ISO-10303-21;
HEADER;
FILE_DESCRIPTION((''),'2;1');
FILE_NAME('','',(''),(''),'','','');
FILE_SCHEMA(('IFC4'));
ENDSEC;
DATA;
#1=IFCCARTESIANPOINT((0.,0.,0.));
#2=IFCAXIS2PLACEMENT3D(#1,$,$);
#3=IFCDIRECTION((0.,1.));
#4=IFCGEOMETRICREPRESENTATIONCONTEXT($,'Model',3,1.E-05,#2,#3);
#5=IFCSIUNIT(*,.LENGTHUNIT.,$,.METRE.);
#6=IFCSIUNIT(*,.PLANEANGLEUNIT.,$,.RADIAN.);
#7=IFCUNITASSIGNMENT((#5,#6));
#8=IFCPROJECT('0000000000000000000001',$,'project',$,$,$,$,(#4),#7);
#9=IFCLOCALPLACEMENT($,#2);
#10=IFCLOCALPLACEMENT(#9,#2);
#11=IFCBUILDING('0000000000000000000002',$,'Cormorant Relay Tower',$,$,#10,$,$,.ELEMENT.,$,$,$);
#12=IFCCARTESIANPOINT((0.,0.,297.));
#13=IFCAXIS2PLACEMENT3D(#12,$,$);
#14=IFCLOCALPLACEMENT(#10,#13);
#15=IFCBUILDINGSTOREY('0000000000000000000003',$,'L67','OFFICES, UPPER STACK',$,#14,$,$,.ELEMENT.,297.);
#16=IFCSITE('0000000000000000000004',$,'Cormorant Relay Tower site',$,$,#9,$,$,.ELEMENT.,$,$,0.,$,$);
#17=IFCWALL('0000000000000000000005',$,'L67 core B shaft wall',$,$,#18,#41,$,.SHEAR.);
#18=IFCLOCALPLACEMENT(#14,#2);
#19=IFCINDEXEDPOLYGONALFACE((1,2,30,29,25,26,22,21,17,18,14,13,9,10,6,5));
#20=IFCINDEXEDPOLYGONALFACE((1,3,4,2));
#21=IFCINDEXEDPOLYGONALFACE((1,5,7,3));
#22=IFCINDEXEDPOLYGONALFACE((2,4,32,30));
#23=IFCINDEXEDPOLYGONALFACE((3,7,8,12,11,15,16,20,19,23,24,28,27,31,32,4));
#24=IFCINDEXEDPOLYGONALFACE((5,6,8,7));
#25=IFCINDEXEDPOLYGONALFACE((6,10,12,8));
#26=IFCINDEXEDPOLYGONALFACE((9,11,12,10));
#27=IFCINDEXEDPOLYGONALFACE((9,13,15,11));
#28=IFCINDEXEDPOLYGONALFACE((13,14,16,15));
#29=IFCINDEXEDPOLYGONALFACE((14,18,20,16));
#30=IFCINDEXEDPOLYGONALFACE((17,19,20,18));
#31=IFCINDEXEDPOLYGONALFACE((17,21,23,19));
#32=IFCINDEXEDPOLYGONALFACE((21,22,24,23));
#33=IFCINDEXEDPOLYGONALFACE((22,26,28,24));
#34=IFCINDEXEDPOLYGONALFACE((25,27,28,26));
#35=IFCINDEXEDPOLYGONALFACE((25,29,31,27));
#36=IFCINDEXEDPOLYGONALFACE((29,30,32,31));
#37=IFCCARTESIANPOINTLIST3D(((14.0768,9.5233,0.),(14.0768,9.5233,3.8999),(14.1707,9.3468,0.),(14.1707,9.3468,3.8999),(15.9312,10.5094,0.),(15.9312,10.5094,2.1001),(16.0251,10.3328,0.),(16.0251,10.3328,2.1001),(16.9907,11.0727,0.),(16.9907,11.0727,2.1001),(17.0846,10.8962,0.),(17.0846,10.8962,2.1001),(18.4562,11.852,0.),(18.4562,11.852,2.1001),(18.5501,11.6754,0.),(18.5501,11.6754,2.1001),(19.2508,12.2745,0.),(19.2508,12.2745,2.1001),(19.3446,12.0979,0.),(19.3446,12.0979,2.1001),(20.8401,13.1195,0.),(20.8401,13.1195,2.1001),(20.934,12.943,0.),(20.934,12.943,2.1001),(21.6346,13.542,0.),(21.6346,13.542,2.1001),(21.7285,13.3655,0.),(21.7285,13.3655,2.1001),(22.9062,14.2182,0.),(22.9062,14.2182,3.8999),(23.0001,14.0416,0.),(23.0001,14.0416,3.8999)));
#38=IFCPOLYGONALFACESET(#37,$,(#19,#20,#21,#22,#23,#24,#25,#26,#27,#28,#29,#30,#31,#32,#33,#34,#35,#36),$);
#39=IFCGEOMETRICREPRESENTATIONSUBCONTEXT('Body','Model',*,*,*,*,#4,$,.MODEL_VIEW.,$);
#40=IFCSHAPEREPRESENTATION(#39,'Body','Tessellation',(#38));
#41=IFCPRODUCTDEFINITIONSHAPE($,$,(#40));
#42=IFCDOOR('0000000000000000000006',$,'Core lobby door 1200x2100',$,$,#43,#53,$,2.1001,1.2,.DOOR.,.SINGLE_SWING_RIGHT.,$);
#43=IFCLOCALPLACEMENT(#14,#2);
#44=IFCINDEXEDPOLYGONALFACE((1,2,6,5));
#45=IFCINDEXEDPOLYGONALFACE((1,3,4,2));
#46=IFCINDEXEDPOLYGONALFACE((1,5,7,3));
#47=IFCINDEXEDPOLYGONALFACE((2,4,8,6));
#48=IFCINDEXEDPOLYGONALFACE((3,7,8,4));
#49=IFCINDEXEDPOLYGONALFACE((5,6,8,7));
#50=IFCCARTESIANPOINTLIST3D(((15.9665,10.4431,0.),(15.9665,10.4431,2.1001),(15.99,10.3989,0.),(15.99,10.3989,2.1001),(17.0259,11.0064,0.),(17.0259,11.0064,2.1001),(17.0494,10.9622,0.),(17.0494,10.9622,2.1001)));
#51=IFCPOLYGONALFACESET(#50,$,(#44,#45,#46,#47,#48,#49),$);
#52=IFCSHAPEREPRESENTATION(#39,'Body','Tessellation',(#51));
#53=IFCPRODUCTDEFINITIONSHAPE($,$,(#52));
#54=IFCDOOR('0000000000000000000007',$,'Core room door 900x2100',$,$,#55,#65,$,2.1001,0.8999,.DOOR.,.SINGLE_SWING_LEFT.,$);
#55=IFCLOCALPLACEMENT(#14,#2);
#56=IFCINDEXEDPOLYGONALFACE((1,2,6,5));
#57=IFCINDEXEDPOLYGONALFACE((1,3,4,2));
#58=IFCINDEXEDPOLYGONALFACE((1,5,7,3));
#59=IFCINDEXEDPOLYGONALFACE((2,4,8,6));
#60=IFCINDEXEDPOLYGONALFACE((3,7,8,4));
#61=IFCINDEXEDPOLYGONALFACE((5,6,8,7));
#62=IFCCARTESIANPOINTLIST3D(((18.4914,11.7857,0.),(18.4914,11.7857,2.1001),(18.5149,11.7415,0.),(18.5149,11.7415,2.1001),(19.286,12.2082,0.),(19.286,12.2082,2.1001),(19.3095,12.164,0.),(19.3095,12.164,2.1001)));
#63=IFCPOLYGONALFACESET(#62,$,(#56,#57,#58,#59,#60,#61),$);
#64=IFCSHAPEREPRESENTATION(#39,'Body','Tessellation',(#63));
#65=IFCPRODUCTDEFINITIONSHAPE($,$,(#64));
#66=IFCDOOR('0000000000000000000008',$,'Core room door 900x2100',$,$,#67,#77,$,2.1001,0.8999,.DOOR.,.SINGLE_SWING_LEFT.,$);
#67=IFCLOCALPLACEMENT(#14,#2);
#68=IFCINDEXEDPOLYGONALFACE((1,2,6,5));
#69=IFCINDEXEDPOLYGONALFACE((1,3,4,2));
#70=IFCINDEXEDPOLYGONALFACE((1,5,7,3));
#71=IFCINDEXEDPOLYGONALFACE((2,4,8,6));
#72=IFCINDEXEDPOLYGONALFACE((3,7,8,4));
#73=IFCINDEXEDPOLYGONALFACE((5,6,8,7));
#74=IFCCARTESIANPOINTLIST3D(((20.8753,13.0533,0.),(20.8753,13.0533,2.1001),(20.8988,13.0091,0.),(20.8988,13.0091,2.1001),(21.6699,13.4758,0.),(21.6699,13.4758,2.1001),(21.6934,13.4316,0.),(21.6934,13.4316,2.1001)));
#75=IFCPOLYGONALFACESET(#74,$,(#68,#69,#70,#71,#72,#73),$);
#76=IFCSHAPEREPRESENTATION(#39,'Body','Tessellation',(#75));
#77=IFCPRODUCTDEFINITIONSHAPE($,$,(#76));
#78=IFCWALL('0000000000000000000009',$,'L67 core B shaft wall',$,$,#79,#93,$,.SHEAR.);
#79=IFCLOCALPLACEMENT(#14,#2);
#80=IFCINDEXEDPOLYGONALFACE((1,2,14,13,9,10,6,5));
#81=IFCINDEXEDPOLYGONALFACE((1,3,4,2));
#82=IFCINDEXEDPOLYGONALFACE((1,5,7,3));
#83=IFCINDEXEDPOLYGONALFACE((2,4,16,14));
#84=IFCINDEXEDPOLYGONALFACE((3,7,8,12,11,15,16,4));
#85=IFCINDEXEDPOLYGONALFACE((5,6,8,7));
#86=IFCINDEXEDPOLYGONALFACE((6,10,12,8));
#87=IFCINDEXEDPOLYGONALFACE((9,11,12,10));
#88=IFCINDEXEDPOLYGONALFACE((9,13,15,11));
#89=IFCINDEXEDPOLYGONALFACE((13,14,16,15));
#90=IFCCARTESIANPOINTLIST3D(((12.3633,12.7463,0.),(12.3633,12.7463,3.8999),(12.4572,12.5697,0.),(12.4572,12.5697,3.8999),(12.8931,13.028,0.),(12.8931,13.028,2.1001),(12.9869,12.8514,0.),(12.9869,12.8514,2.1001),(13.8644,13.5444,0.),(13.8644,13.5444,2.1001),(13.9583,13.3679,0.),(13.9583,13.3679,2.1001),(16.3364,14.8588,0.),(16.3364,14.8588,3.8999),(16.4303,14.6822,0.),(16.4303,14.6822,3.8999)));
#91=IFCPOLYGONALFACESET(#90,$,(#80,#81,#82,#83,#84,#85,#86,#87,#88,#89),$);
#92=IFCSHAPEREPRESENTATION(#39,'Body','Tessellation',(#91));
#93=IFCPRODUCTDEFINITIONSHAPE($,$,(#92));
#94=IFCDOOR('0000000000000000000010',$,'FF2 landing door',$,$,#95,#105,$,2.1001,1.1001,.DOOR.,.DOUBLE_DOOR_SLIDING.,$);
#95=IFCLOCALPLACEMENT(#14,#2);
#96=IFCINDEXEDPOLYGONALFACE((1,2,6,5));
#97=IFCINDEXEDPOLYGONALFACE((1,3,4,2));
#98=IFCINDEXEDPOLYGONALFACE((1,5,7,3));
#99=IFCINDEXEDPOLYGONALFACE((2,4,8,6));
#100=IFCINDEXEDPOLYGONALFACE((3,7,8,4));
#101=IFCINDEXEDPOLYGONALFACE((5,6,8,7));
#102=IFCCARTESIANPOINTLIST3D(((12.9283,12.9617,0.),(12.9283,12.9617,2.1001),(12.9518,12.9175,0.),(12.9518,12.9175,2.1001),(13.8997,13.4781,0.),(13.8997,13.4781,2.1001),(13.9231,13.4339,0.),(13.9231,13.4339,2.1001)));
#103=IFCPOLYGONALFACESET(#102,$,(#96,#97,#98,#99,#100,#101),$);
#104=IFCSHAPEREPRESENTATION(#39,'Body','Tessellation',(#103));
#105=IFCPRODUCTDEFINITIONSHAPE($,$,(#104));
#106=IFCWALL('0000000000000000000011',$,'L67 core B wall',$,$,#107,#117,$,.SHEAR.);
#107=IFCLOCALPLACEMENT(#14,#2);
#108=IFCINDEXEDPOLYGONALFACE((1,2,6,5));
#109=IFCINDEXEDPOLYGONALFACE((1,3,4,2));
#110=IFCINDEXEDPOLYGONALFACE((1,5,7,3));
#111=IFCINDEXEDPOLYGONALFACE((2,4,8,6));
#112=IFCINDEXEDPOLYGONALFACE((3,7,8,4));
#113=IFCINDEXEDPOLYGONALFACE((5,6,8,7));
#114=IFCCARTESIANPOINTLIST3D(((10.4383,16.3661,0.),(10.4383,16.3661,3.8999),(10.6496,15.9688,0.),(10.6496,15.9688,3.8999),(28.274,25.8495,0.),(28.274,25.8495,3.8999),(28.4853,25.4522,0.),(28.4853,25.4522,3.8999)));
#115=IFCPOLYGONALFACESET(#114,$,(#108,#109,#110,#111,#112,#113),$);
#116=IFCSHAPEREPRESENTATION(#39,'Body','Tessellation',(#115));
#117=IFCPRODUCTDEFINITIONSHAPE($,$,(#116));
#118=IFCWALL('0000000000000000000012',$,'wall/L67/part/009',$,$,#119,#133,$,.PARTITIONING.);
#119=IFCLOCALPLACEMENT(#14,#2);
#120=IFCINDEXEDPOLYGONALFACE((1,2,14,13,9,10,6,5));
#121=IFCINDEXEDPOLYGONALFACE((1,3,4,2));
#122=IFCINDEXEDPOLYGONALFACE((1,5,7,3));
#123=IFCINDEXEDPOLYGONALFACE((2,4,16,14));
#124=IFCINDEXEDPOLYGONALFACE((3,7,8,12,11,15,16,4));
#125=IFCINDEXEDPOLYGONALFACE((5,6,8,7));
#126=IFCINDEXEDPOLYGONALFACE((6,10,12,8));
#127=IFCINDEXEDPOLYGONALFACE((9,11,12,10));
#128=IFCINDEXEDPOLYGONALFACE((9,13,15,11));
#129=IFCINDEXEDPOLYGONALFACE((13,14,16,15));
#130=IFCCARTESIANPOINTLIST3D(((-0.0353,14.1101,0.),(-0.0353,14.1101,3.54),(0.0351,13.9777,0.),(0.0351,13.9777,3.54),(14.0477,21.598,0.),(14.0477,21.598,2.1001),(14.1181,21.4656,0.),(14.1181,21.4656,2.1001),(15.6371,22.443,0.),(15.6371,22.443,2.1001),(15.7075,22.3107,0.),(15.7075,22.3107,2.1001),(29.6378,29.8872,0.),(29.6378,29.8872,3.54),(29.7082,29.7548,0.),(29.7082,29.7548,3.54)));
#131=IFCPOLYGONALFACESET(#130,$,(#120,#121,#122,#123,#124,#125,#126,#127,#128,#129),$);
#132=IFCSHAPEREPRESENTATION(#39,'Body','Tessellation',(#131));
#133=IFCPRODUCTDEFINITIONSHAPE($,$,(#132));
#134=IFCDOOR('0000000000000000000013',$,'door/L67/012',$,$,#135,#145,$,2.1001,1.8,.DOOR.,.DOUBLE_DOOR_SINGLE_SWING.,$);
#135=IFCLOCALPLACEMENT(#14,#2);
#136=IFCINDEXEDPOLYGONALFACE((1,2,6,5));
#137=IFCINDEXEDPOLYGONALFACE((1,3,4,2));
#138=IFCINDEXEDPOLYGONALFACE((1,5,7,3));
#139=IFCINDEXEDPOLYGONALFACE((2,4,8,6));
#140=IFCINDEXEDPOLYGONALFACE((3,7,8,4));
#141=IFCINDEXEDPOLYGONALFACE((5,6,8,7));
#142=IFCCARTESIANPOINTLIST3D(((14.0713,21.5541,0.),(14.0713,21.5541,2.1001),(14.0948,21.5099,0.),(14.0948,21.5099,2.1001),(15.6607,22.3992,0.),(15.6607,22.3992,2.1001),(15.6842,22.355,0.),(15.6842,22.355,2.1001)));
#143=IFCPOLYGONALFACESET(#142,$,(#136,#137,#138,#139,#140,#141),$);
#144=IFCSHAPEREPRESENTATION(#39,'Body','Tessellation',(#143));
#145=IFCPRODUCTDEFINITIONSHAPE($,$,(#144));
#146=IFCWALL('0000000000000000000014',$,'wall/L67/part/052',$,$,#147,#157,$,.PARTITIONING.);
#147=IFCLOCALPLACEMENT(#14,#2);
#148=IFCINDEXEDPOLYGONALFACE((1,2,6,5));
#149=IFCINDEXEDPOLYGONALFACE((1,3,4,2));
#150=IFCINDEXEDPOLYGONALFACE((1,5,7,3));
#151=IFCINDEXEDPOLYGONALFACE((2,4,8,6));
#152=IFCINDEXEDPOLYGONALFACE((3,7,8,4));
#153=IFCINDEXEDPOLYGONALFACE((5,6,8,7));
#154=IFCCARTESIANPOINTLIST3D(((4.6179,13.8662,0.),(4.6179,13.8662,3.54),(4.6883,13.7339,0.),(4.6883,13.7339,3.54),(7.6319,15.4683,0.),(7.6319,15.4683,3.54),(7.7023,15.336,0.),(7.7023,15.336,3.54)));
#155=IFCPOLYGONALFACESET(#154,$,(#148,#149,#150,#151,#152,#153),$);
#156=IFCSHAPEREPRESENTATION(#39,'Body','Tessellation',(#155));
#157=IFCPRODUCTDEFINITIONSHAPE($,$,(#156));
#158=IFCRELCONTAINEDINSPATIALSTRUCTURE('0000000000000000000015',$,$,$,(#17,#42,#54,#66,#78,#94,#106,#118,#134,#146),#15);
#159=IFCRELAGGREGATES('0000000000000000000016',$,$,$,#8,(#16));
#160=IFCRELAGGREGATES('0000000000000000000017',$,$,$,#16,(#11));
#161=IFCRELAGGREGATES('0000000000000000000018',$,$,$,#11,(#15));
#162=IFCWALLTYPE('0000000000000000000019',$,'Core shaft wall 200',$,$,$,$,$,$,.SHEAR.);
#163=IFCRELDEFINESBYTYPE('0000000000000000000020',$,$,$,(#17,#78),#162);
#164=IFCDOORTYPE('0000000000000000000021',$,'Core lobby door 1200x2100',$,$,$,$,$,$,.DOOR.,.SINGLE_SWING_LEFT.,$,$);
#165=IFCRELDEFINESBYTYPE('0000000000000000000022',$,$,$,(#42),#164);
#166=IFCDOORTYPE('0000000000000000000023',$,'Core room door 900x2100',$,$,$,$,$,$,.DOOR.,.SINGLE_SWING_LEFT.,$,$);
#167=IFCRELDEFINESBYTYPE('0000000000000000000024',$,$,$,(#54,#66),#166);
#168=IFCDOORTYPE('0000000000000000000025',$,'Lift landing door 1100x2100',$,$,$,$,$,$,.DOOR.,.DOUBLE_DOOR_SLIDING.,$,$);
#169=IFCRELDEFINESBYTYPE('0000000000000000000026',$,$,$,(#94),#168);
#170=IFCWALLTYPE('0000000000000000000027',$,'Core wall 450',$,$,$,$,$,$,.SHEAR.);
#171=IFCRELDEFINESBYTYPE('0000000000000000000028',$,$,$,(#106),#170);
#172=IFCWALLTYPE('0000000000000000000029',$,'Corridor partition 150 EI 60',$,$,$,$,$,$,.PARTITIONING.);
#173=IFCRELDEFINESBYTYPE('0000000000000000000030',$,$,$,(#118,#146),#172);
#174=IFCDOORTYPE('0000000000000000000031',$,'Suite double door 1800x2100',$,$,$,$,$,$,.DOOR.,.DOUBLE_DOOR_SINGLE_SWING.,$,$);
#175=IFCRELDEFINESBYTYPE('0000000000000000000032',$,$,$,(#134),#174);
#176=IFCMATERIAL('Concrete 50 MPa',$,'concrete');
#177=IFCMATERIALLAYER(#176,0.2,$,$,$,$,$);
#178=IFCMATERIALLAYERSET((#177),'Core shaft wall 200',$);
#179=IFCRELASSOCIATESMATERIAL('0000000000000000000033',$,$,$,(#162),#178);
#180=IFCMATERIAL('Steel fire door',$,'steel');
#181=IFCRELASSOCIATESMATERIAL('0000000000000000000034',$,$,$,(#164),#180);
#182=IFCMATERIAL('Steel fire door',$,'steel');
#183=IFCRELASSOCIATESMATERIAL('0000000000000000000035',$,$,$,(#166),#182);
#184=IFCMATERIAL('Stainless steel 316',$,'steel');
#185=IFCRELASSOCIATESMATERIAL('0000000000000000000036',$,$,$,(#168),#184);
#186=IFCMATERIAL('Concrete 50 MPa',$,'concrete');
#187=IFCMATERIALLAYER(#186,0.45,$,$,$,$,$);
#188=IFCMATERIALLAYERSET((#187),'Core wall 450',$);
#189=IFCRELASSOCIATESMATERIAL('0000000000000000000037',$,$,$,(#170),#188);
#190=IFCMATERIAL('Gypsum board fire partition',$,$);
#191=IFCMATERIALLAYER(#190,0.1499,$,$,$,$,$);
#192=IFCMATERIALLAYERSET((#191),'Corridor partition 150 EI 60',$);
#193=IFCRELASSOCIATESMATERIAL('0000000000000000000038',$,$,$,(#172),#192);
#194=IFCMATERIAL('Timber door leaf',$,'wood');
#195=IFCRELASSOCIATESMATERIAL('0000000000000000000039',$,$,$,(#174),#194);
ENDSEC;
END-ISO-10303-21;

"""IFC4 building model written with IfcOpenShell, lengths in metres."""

from ifc_helpers import new_model, si_unit, direction, frame, frame_2d, origin, place, context, subcontext, project, spatial, rectangle, extrude, material, layer, layer_set, type_object, element, fill, save


model = new_model("IFC4")

# Units and contexts
model_context = context("Model", 3, precision=1e-05, world=origin(), true_north=direction((0.0, 1.0)))
body_context = subcontext(model_context, "Body", "Model", "MODEL_VIEW")
ifc_project = project(units=[si_unit("LENGTHUNIT", "METRE"), si_unit("PLANEANGLEUNIT", "RADIAN")], contexts=[model_context])

# Site, building, storey
site_placement = place(None, origin())
site = spatial("IfcSite", under=ifc_project, at=site_placement, Name="Cormorant Relay Tower site", CompositionType="ELEMENT", RefElevation=0.0)
building_placement = place(site_placement, origin())
building = spatial("IfcBuilding", under=site, at=building_placement, Name="Cormorant Relay Tower", CompositionType="ELEMENT")
storey_placement = place(building_placement, frame((0.0, 0.0, 297.0)))
storey = spatial("IfcBuildingStorey", under=building, at=storey_placement, Name="L67", Description="OFFICES, UPPER STACK", CompositionType="ELEMENT", Elevation=297.0)

# Wall, openings, doors
ifc_material_1 = material(Name="Concrete 50 MPa", Category="concrete")
ifc_layer_1 = layer(ifc_material_1, 0.2)
ifc_layer_set_1 = layer_set([ifc_layer_1], Name="Core shaft wall 200")
wall_type_1 = type_object("IfcWallType", Name="Core shaft wall 200", PredefinedType="SHEAR", material=ifc_layer_set_1)
wall_1_placement = place(storey_placement, frame((14.1238, 9.4351, 0.0), z_axis=(0.0, 0.0, 1.0), x_axis=(0.88294, 0.469485, 0.0)))
wall_1 = element("IfcWall", 1, at=wall_1_placement, inside=storey, type_object=wall_type_1, Name="L67 core B shaft wall", PredefinedType="SHEAR", context=body_context, shape_type="SweptSolid", body=[
    extrude(rectangle(XDim=10.0, YDim=0.2, at=frame_2d((5.0, 0.0))), origin(), (0.0, 0.0, 1.0), 3.8999),
])
opening_1_placement = place(wall_1_placement, frame((2.1001, 0.0, 0.0)))
opening_1 = element("IfcOpeningElement", 2, at=opening_1_placement, cuts=wall_1, PredefinedType="OPENING", context=body_context, shape_type="SweptSolid", body=[
    extrude(rectangle(XDim=1.2, YDim=2.1001, at=frame_2d((0.6001, 1.05))), frame((0.0, 0.1099, 0.0), z_axis=(0.0, -1.0, 0.0), x_axis=(1.0, 0.0, 0.0)), (0.0, 0.0, 1.0), 0.22),
])
opening_2_placement = place(wall_1_placement, frame((4.96, 0.0, 0.0)))
opening_2 = element("IfcOpeningElement", 3, at=opening_2_placement, cuts=wall_1, PredefinedType="OPENING", context=body_context, shape_type="SweptSolid", body=[
    extrude(rectangle(XDim=0.8999, YDim=2.1001, at=frame_2d((0.45, 1.05))), frame((0.0, 0.1099, 0.0), z_axis=(0.0, -1.0, 0.0), x_axis=(1.0, 0.0, 0.0)), (0.0, 0.0, 1.0), 0.22),
])
opening_3_placement = place(wall_1_placement, frame((7.6599, 0.0, 0.0)))
opening_3 = element("IfcOpeningElement", 4, at=opening_3_placement, cuts=wall_1, PredefinedType="OPENING", context=body_context, shape_type="SweptSolid", body=[
    extrude(rectangle(XDim=0.8999, YDim=2.1001, at=frame_2d((0.45, 1.05))), frame((0.0, 0.1099, 0.0), z_axis=(0.0, -1.0, 0.0), x_axis=(1.0, 0.0, 0.0)), (0.0, 0.0, 1.0), 0.22),
])
ifc_material_2 = material(Name="Steel fire door", Category="steel")
door_type_1 = type_object("IfcDoorType", Name="Core lobby door 1200x2100", OperationType="SINGLE_SWING_LEFT", PredefinedType="DOOR", material=ifc_material_2)
door_1_placement = place(opening_1_placement, origin())
door_1 = element("IfcDoor", 5, at=door_1_placement, inside=storey, type_object=door_type_1, Name="Core lobby door 1200x2100", OperationType="SINGLE_SWING_RIGHT", OverallHeight=2.1001, OverallWidth=1.2, PredefinedType="DOOR", context=body_context, shape_type="SweptSolid", body=[
    extrude(rectangle(XDim=1.2, YDim=2.1001, at=frame_2d((0.6001, 1.05))), frame((0.0, 0.0249, 0.0), z_axis=(0.0, -1.0, 0.0), x_axis=(1.0, 0.0, 0.0)), (0.0, 0.0, 1.0), 0.05),
])
fill(opening_1, door_1)
ifc_material_3 = material(Name="Steel fire door", Category="steel")
door_type_2 = type_object("IfcDoorType", Name="Core room door 900x2100", OperationType="SINGLE_SWING_LEFT", PredefinedType="DOOR", material=ifc_material_3)
door_2_placement = place(opening_2_placement, origin())
door_2 = element("IfcDoor", 6, at=door_2_placement, inside=storey, type_object=door_type_2, Name="Core room door 900x2100", OperationType="SINGLE_SWING_LEFT", OverallHeight=2.1001, OverallWidth=0.8999, PredefinedType="DOOR", context=body_context, shape_type="SweptSolid", body=[
    extrude(rectangle(XDim=0.8999, YDim=2.1001, at=frame_2d((0.45, 1.05))), frame((0.0, 0.0249, 0.0), z_axis=(0.0, -1.0, 0.0), x_axis=(1.0, 0.0, 0.0)), (0.0, 0.0, 1.0), 0.05),
])
fill(opening_2, door_2)
door_3_placement = place(opening_3_placement, origin())
door_3 = element("IfcDoor", 7, at=door_3_placement, inside=storey, type_object=door_type_2, Name="Core room door 900x2100", OperationType="SINGLE_SWING_LEFT", OverallHeight=2.1001, OverallWidth=0.8999, PredefinedType="DOOR", context=body_context, shape_type="SweptSolid", body=[
    extrude(rectangle(XDim=0.8999, YDim=2.1001, at=frame_2d((0.45, 1.05))), frame((0.0, 0.0249, 0.0), z_axis=(0.0, -1.0, 0.0), x_axis=(1.0, 0.0, 0.0)), (0.0, 0.0, 1.0), 0.05),
])
fill(opening_3, door_3)

# Wall, opening, door
wall_2_placement = place(storey_placement, frame((12.4102, 12.658, 0.0), z_axis=(0.0, 0.0, 1.0), x_axis=(0.882948, 0.46947, 0.0)))
wall_2 = element("IfcWall", 8, at=wall_2_placement, inside=storey, type_object=wall_type_1, Name="L67 core B shaft wall", PredefinedType="SHEAR", context=body_context, shape_type="SweptSolid", body=[
    extrude(rectangle(XDim=4.4998, YDim=0.2, at=frame_2d((2.25, 0.0))), origin(), (0.0, 0.0, 1.0), 3.8999),
])
opening_4_placement = place(wall_2_placement, frame((0.6001, 0.0, 0.0)))
opening_4 = element("IfcOpeningElement", 9, at=opening_4_placement, cuts=wall_2, PredefinedType="OPENING", context=body_context, shape_type="SweptSolid", body=[
    extrude(rectangle(XDim=1.1001, YDim=2.1001, at=frame_2d((0.55, 1.05))), frame((0.0, 0.1099, 0.0), z_axis=(0.0, -1.0, 0.0), x_axis=(1.0, 0.0, 0.0)), (0.0, 0.0, 1.0), 0.22),
])
ifc_material_4 = material(Name="Stainless steel 316", Category="steel")
door_type_3 = type_object("IfcDoorType", Name="Lift landing door 1100x2100", OperationType="DOUBLE_DOOR_SLIDING", PredefinedType="DOOR", material=ifc_material_4)
door_4_placement = place(opening_4_placement, origin())
door_4 = element("IfcDoor", 10, at=door_4_placement, inside=storey, type_object=door_type_3, Name="FF2 landing door", OperationType="DOUBLE_DOOR_SLIDING", OverallHeight=2.1001, OverallWidth=1.1001, PredefinedType="DOOR", context=body_context, shape_type="SweptSolid", body=[
    extrude(rectangle(XDim=1.1001, YDim=2.1001, at=frame_2d((0.55, 1.05))), frame((0.0, 0.0249, 0.0), z_axis=(0.0, -1.0, 0.0), x_axis=(1.0, 0.0, 0.0)), (0.0, 0.0, 1.0), 0.05),
])
fill(opening_4, door_4)

# Wall
ifc_material_5 = material(Name="Concrete 50 MPa", Category="concrete")
ifc_layer_2 = layer(ifc_material_5, 0.45)
ifc_layer_set_2 = layer_set([ifc_layer_2], Name="Core wall 450")
wall_type_2 = type_object("IfcWallType", Name="Core wall 450", PredefinedType="SHEAR", material=ifc_layer_set_2)
wall_3_placement = place(storey_placement, frame((10.5439, 16.1675, 0.0), z_axis=(0.0, 0.0, 1.0), x_axis=(0.882948, 0.469471, 0.0)))
element("IfcWall", 11, at=wall_3_placement, inside=storey, type_object=wall_type_2, Name="L67 core B wall", PredefinedType="SHEAR", context=body_context, shape_type="SweptSolid", body=[
    extrude(rectangle(XDim=20.2002, YDim=0.45, at=frame_2d((10.1001, 0.0))), origin(), (0.0, 0.0, 1.0), 3.8999),
])

# Wall, opening, door
ifc_material_6 = material(Name="Gypsum board fire partition")
ifc_layer_3 = layer(ifc_material_6, 0.1499)
ifc_layer_set_3 = layer_set([ifc_layer_3], Name="Corridor partition 150 EI 60")
wall_type_3 = type_object("IfcWallType", Name="Corridor partition 150 EI 60", PredefinedType="PARTITIONING", material=ifc_layer_set_3)
wall_4_placement = place(storey_placement, frame((0.0, 14.0439, 0.0), z_axis=(0.0, 0.0, 1.0), x_axis=(0.882952, 0.469463, 0.0)))
wall_4 = element("IfcWall", 12, at=wall_4_placement, inside=storey, type_object=wall_type_3, Name="wall/L67/part/009", PredefinedType="PARTITIONING", context=body_context, shape_type="SweptSolid", body=[
    extrude(rectangle(XDim=33.6067, YDim=0.1499, at=frame_2d((16.8032, 0.0))), origin(), (0.0, 0.0, 1.0), 3.54),
])
opening_5_placement = place(wall_4_placement, frame((15.95, 0.0, 0.0)))
opening_5 = element("IfcOpeningElement", 13, at=opening_5_placement, cuts=wall_4, PredefinedType="OPENING", context=body_context, shape_type="SweptSolid", body=[
    extrude(rectangle(XDim=1.8, YDim=2.1001, at=frame_2d((0.8999, 1.05))), frame((0.0, 0.085, 0.0), z_axis=(0.0, -1.0, 0.0), x_axis=(1.0, 0.0, 0.0)), (0.0, 0.0, 1.0), 0.1699),
])
ifc_material_7 = material(Name="Timber door leaf", Category="wood")
door_type_4 = type_object("IfcDoorType", Name="Suite double door 1800x2100", OperationType="DOUBLE_DOOR_SINGLE_SWING", PredefinedType="DOOR", material=ifc_material_7)
door_5_placement = place(opening_5_placement, frame((1.8, 0.0, 0.0), z_axis=(0.0, 0.0, 1.0), x_axis=(-1.0, 0.0, 0.0)))
door_5 = element("IfcDoor", 14, at=door_5_placement, inside=storey, type_object=door_type_4, Name="door/L67/012", OperationType="DOUBLE_DOOR_SINGLE_SWING", OverallHeight=2.1001, OverallWidth=1.8, PredefinedType="DOOR", context=body_context, shape_type="SweptSolid", body=[
    extrude(rectangle(XDim=1.8, YDim=2.1001, at=frame_2d((0.8999, 1.05))), frame((0.0, 0.0249, 0.0), z_axis=(0.0, -1.0, 0.0), x_axis=(1.0, 0.0, 0.0)), (0.0, 0.0, 1.0), 0.05),
])
fill(opening_5, door_5)

# Wall
wall_5_placement = place(storey_placement, frame((7.667, 15.4021, 0.0), z_axis=(0.0, 0.0, 1.0), x_axis=(-0.883005, -0.469363, 0.0)))
element("IfcWall", 15, at=wall_5_placement, inside=storey, type_object=wall_type_3, Name="wall/L67/part/052", PredefinedType="PARTITIONING", context=body_context, shape_type="SweptSolid", body=[
    extrude(rectangle(XDim=3.4133, YDim=0.1499, at=frame_2d((1.7065, 0.0))), origin(), (0.0, 0.0, 1.0), 3.54),
])

save(model, "model.ifc")
